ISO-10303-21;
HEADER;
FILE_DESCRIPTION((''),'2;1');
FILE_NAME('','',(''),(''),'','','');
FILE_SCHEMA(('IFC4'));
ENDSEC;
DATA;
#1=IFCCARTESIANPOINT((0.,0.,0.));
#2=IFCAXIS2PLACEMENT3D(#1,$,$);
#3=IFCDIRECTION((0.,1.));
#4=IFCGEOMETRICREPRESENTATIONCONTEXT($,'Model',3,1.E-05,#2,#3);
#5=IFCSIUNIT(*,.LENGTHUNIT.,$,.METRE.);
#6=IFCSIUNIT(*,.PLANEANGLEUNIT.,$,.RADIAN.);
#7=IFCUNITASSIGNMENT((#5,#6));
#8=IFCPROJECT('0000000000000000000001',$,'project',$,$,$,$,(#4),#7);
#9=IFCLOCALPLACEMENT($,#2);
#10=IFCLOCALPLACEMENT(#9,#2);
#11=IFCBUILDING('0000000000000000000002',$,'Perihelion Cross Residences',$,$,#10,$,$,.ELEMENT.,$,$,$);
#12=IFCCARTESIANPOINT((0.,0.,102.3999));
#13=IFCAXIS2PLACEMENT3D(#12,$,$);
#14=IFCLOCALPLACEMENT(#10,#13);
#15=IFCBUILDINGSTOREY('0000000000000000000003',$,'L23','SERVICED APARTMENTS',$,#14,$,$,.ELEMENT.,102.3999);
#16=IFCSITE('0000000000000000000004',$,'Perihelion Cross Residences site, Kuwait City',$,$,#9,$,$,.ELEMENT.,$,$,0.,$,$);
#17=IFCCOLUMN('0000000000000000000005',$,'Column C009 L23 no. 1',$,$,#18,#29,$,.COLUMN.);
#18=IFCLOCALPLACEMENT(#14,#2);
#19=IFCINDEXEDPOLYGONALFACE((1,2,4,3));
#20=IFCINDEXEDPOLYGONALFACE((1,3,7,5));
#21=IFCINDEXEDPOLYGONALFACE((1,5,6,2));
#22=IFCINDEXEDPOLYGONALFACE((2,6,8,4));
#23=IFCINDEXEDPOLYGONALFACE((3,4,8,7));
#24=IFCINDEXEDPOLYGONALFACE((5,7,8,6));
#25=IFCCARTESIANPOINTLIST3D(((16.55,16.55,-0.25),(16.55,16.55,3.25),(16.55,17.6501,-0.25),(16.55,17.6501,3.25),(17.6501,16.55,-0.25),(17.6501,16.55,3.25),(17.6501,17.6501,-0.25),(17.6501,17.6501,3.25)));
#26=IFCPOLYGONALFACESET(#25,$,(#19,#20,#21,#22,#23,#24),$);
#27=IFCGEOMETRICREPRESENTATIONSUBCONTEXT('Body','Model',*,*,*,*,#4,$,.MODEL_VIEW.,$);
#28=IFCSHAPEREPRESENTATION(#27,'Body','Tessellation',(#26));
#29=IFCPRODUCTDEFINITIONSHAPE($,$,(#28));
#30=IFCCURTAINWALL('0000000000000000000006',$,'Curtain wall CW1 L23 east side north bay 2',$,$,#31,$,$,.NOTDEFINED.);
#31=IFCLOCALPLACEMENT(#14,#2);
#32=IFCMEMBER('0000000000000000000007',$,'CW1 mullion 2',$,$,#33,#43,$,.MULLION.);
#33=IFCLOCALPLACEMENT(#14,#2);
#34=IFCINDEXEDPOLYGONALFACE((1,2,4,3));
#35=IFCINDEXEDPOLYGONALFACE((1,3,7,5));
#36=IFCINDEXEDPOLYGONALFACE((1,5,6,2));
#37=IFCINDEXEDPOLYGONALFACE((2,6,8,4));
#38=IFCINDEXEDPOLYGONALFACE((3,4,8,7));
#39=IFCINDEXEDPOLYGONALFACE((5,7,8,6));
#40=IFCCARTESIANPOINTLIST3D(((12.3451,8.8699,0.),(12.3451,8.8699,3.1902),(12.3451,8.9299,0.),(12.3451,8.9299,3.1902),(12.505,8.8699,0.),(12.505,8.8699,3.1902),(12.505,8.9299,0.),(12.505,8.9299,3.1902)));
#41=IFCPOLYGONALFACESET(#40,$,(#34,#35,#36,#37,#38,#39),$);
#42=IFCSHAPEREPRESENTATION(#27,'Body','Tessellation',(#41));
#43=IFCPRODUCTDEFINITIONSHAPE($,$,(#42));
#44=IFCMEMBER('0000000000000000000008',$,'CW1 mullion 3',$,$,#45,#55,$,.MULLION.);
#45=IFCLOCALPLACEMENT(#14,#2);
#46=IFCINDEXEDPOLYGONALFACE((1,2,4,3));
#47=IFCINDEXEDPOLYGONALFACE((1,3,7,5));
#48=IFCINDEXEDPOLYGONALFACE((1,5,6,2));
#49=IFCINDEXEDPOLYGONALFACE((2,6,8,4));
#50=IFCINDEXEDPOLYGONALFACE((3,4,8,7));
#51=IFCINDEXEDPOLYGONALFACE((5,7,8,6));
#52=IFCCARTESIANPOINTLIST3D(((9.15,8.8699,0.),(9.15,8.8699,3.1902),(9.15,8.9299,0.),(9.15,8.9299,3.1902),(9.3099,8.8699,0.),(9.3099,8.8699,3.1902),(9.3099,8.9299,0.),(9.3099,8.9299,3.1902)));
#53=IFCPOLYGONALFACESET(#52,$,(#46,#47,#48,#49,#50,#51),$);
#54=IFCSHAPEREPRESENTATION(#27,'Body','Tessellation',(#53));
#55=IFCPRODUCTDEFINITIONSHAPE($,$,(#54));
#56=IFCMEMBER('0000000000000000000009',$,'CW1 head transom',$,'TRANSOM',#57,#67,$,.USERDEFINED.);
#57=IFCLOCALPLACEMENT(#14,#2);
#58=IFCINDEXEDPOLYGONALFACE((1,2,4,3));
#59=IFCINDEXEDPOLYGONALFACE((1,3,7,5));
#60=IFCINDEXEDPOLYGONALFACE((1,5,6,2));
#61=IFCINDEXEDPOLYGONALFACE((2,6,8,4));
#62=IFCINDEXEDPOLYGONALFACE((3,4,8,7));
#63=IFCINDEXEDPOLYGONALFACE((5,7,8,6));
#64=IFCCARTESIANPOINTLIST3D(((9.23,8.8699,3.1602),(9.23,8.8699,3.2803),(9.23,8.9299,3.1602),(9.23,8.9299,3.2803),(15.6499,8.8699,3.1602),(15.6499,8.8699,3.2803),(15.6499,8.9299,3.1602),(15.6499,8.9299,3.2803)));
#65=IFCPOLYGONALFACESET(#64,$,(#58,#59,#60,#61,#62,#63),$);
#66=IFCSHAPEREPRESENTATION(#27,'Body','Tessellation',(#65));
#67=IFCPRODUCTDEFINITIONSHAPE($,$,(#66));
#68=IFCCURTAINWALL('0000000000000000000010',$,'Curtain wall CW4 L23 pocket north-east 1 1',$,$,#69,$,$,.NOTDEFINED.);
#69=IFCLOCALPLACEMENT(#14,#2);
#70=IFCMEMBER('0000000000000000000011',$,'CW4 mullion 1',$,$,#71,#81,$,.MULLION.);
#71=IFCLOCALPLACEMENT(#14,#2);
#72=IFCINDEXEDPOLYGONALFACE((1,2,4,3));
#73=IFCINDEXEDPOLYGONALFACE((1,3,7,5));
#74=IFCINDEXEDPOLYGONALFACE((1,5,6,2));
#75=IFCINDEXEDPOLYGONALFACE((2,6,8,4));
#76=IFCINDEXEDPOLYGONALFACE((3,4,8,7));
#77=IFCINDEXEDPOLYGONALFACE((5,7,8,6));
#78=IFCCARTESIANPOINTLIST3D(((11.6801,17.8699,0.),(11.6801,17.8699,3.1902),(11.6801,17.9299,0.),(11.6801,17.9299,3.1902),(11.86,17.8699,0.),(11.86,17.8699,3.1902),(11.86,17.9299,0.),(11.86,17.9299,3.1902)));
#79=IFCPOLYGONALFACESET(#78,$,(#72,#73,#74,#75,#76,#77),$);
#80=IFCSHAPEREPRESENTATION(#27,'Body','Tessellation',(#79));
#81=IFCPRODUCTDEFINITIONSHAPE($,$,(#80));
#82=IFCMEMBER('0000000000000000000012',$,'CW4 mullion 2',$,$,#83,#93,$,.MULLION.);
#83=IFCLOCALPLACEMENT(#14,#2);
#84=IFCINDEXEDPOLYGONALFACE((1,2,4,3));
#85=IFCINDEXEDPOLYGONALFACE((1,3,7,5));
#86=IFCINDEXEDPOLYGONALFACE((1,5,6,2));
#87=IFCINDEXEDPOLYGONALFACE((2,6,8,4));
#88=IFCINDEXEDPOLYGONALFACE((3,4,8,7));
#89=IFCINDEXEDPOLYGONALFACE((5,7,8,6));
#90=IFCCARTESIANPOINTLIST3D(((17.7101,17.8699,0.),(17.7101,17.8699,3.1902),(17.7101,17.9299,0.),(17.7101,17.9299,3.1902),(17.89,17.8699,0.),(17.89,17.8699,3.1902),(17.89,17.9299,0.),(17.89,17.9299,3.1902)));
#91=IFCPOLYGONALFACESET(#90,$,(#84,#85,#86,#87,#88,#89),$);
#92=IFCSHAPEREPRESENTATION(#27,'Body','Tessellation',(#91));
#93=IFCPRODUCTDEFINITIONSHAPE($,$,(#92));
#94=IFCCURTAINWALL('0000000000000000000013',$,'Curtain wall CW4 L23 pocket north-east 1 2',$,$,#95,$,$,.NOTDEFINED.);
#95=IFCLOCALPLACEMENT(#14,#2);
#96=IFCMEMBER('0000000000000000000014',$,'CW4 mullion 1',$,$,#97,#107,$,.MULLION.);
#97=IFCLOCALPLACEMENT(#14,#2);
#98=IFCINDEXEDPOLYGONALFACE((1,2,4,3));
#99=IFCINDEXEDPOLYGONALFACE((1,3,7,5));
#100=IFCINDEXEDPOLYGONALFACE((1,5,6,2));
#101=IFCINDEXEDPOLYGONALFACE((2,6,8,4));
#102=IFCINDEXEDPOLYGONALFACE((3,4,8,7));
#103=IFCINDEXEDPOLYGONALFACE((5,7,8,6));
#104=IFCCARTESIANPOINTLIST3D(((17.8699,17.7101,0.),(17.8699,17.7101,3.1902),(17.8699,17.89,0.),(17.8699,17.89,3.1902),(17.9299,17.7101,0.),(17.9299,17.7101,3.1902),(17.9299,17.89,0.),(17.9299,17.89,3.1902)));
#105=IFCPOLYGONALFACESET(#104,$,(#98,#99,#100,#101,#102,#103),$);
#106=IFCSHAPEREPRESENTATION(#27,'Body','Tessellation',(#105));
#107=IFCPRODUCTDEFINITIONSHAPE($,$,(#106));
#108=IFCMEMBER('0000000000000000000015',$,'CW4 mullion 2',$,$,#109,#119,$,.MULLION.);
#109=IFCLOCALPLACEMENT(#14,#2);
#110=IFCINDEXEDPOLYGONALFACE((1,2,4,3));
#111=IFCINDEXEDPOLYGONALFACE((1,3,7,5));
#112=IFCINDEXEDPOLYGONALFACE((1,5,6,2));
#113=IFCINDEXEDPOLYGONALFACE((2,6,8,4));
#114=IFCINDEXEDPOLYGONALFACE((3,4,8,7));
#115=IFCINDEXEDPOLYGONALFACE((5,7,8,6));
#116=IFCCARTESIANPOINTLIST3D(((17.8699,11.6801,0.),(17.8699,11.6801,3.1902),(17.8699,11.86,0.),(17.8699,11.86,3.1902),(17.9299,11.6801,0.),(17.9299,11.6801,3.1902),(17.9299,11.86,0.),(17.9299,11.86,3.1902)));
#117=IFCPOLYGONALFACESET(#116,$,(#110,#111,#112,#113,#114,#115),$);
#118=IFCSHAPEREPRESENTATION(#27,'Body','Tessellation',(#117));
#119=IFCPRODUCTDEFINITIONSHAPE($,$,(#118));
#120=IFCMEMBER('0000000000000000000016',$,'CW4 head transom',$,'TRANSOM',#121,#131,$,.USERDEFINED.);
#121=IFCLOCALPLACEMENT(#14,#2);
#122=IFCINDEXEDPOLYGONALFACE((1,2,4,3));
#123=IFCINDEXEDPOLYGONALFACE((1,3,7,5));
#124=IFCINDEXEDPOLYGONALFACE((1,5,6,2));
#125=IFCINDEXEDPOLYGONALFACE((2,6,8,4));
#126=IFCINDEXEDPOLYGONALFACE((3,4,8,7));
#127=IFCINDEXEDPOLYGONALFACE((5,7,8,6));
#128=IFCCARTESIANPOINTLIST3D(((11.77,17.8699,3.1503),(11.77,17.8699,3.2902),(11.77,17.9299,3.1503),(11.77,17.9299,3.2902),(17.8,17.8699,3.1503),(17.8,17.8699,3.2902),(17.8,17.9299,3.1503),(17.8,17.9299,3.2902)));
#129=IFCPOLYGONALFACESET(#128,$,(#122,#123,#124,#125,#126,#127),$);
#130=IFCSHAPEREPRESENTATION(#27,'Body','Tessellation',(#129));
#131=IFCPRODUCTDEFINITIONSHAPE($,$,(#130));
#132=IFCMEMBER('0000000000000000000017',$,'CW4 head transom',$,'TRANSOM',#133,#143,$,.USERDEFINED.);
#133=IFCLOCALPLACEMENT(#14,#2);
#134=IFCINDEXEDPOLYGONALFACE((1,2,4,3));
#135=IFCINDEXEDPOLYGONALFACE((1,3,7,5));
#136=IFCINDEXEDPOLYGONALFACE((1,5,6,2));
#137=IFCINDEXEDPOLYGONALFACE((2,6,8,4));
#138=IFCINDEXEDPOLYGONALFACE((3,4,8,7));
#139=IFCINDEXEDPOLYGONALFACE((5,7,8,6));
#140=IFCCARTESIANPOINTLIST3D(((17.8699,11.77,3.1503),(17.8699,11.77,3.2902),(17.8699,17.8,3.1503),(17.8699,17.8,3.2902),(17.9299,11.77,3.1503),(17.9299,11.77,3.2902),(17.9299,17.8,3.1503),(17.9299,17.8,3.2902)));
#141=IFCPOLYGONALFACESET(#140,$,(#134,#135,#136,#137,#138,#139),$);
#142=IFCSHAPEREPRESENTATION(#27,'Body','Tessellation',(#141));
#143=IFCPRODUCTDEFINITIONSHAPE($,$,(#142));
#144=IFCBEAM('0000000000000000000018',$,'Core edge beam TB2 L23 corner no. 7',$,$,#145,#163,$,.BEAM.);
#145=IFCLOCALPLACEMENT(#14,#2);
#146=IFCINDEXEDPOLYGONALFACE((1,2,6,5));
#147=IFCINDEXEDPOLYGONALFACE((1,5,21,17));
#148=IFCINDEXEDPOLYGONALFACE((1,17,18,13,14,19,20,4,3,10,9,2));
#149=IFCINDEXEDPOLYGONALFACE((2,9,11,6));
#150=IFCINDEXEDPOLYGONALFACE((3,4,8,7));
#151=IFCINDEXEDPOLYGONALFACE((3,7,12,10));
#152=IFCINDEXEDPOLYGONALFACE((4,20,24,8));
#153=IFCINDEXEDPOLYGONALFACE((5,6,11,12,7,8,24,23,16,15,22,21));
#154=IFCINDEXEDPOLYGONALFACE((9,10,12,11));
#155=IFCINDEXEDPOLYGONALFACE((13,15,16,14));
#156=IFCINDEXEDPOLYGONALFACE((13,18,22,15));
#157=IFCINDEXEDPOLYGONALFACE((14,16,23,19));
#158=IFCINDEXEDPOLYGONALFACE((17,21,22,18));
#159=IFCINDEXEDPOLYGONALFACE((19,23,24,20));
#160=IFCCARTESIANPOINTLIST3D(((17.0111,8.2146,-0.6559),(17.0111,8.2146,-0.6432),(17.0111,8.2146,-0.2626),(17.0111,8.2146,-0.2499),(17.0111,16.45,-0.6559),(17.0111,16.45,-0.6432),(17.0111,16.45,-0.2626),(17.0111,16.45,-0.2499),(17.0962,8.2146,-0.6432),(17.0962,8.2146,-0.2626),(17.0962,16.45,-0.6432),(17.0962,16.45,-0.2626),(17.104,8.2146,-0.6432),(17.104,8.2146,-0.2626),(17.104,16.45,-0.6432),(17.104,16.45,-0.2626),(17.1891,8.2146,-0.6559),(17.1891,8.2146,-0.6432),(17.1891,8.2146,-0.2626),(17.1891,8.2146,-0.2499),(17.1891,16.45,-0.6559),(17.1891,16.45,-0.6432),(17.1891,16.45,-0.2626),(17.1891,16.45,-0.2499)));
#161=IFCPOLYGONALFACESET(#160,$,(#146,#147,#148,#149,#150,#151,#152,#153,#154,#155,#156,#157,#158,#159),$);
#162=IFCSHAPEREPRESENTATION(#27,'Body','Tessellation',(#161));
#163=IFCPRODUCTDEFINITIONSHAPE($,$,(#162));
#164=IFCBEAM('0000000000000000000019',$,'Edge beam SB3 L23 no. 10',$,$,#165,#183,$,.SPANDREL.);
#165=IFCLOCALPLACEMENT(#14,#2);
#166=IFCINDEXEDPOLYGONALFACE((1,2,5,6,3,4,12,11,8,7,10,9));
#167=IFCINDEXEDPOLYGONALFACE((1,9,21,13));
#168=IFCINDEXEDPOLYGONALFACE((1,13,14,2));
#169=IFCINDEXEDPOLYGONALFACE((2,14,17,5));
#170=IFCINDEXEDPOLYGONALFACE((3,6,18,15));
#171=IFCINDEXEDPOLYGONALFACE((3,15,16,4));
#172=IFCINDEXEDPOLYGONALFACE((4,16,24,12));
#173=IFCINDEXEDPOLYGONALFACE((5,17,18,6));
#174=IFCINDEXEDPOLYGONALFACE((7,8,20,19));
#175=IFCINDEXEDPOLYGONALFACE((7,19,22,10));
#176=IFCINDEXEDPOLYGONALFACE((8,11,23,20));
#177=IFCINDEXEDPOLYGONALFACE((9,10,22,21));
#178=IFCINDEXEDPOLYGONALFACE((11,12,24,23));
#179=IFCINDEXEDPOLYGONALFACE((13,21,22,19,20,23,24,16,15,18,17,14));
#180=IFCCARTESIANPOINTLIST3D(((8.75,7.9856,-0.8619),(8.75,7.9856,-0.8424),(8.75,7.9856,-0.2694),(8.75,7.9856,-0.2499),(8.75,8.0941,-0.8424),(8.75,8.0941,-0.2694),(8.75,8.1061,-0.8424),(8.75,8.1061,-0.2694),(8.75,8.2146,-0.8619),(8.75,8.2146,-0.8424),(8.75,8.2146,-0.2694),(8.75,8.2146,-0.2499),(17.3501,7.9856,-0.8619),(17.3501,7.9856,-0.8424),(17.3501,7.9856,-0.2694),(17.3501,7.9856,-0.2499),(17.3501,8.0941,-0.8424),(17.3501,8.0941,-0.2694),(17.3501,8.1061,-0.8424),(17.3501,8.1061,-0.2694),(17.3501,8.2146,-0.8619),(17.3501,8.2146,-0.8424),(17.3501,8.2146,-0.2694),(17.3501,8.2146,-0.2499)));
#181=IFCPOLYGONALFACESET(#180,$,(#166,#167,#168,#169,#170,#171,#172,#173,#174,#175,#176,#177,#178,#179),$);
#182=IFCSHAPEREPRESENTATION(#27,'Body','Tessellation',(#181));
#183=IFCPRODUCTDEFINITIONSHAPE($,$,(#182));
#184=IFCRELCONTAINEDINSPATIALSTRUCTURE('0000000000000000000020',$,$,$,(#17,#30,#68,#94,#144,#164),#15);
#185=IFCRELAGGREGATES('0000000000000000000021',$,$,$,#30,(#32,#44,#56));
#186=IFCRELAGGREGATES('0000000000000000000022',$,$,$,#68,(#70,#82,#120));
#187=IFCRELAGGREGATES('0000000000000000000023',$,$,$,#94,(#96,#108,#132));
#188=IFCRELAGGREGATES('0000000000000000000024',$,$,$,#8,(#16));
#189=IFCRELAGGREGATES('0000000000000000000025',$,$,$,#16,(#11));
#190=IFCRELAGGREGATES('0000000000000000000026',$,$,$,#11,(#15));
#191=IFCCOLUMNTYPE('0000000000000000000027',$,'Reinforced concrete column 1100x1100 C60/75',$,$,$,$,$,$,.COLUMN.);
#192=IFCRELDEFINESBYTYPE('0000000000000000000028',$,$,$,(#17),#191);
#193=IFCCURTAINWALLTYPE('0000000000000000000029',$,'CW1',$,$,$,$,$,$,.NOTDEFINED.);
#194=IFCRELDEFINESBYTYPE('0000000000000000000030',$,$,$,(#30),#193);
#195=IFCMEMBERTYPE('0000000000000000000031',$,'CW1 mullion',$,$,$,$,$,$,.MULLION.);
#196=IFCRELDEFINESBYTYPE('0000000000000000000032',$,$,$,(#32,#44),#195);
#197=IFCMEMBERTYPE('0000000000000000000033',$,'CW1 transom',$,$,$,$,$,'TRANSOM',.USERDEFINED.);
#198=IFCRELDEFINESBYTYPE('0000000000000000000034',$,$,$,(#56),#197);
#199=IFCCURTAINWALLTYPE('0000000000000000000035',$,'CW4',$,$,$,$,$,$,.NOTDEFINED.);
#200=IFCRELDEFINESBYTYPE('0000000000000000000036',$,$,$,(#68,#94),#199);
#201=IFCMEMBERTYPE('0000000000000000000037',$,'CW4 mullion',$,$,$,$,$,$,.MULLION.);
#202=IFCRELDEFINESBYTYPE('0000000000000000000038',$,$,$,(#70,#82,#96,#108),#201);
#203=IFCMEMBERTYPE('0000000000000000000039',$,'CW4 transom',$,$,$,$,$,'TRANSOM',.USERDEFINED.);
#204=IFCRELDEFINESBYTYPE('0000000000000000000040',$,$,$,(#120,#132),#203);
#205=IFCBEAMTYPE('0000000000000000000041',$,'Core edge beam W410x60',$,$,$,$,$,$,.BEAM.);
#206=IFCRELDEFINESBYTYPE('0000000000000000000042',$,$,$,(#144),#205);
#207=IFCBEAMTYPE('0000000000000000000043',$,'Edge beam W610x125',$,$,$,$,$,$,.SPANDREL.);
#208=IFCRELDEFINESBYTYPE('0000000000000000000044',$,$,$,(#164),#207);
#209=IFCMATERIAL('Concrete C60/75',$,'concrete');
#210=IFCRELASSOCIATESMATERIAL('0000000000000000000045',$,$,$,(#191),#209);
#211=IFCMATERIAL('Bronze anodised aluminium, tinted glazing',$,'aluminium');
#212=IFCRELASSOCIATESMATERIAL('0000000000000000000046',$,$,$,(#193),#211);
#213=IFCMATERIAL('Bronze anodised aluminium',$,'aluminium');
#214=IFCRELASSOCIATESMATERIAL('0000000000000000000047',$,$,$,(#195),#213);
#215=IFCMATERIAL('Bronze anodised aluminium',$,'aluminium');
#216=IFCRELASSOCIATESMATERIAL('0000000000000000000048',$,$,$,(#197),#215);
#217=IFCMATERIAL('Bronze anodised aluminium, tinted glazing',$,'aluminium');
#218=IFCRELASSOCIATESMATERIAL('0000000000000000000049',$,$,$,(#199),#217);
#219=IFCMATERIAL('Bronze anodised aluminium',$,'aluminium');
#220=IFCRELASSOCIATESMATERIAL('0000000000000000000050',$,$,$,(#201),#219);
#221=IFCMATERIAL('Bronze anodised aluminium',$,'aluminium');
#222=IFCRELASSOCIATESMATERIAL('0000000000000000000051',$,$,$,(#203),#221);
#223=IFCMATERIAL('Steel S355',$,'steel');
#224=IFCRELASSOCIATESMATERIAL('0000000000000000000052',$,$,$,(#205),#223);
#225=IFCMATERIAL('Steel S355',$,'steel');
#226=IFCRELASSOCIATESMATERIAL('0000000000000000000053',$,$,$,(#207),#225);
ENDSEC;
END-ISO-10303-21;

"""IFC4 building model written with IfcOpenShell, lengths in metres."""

from ifc_helpers import new_model, si_unit, direction, frame, origin, origin_2d, place, context, subcontext, project, spatial, rectangle, i_section, extrude, material, material_profile, profile_set, type_object, element, aggregate, save


model = new_model("IFC4")

# Units and contexts
model_context = context("Model", 3, precision=1e-05, world=origin(), true_north=direction((0.0, 1.0)))
body_context = subcontext(model_context, "Body", "Model", "MODEL_VIEW")
ifc_project = project(units=[si_unit("LENGTHUNIT", "METRE"), si_unit("PLANEANGLEUNIT", "RADIAN")], contexts=[model_context])

# Site, building, storey
site_placement = place(None, origin())
site = spatial("IfcSite", under=ifc_project, at=site_placement, Name="Perihelion Cross Residences site, Kuwait City", CompositionType="ELEMENT", RefElevation=0.0)
building_placement = place(site_placement, origin())
building = spatial("IfcBuilding", under=site, at=building_placement, Name="Perihelion Cross Residences", CompositionType="ELEMENT")
storey_placement = place(building_placement, frame((0.0, 0.0, 102.3999)))
storey = spatial("IfcBuildingStorey", under=building, at=storey_placement, Name="L23", Description="SERVICED APARTMENTS", CompositionType="ELEMENT", Elevation=102.3999)

# Column
ifc_material_1 = material(Name="Concrete C60/75", Category="concrete")
ifc_material_profile_1 = material_profile(ifc_material_1, rectangle(XDim=1.1001, YDim=1.1001, at=origin_2d()), Name="RC 1100x1100")
ifc_profile_set_1 = profile_set([ifc_material_profile_1], Name="Concrete C60/75")
column_type = type_object("IfcColumnType", Name="Reinforced concrete column 1100x1100 C60/75", PredefinedType="COLUMN", material=ifc_profile_set_1)
column_placement = place(storey_placement, frame((17.1001, 17.1001, -0.25), z_axis=(0.0, 0.0, 1.0), x_axis=(1.0, 0.0, 0.0)))
element("IfcColumn", 1, at=column_placement, inside=storey, type_object=column_type, Name="Column C009 L23 no. 1", PredefinedType="COLUMN", context=body_context, shape_type="SweptSolid", body=[
    extrude(rectangle(XDim=1.1001, YDim=1.1001, at=origin_2d()), origin(), (0.0, 0.0, 1.0), 3.5),
])

# Curtain walls, members
ifc_material_2 = material(Name="Bronze anodised aluminium, tinted glazing", Category="aluminium")
curtain_wall_type_1 = type_object("IfcCurtainWallType", Name="CW1", PredefinedType="NOTDEFINED", material=ifc_material_2)
curtain_wall_1_placement = place(storey_placement, origin())
curtain_wall_1 = element("IfcCurtainWall", 2, at=curtain_wall_1_placement, inside=storey, type_object=curtain_wall_type_1, Name="Curtain wall CW1 L23 east side north bay 2", PredefinedType="NOTDEFINED")
ifc_material_3 = material(Name="Bronze anodised aluminium", Category="aluminium")
ifc_material_profile_2 = material_profile(ifc_material_3, rectangle(XDim=0.0601, YDim=0.1599, at=origin_2d()), Name="CW1 mullion")
ifc_profile_set_2 = profile_set([ifc_material_profile_2], Name="Bronze anodised aluminium")
member_type_1 = type_object("IfcMemberType", Name="CW1 mullion", PredefinedType="MULLION", material=ifc_profile_set_2)
member_1_placement = place(storey_placement, frame((12.425, 8.8999, 0.0), z_axis=(0.0, 0.0, 1.0), x_axis=(0.0, -1.0, 0.0)))
member_1 = element("IfcMember", 3, at=member_1_placement, type_object=member_type_1, Name="CW1 mullion 2", PredefinedType="MULLION", context=body_context, shape_type="SweptSolid", body=[
    extrude(rectangle(XDim=0.0601, YDim=0.1599, at=origin_2d()), origin(), (0.0, 0.0, 1.0), 3.1902),
])
member_2_placement = place(storey_placement, frame((9.23, 8.8999, 0.0), z_axis=(0.0, 0.0, 1.0), x_axis=(0.0, -1.0, 0.0)))
member_2 = element("IfcMember", 4, at=member_2_placement, type_object=member_type_1, Name="CW1 mullion 3", PredefinedType="MULLION", context=body_context, shape_type="SweptSolid", body=[
    extrude(rectangle(XDim=0.0601, YDim=0.1599, at=origin_2d()), origin(), (0.0, 0.0, 1.0), 3.1902),
])
ifc_material_4 = material(Name="Bronze anodised aluminium", Category="aluminium")
ifc_material_profile_3 = material_profile(ifc_material_4, rectangle(XDim=0.0601, YDim=0.1201, at=origin_2d()), Name="CW1 transom")
ifc_profile_set_3 = profile_set([ifc_material_profile_3], Name="Bronze anodised aluminium")
member_type_2 = type_object("IfcMemberType", Name="CW1 transom", ElementType="TRANSOM", PredefinedType="USERDEFINED", material=ifc_profile_set_3)
member_3_placement = place(storey_placement, frame((15.6499, 8.8999, 3.2202), z_axis=(-1.0, 0.0, 0.0), x_axis=(0.0, -1.0, 0.0)))
member_3 = element("IfcMember", 5, at=member_3_placement, type_object=member_type_2, Name="CW1 head transom", ObjectType="TRANSOM", PredefinedType="USERDEFINED", context=body_context, shape_type="SweptSolid", body=[
    extrude(rectangle(XDim=0.0601, YDim=0.1201, at=origin_2d()), origin(), (0.0, 0.0, 1.0), 6.4199),
])
ifc_material_5 = material(Name="Bronze anodised aluminium, tinted glazing", Category="aluminium")
curtain_wall_type_2 = type_object("IfcCurtainWallType", Name="CW4", PredefinedType="NOTDEFINED", material=ifc_material_5)
curtain_wall_2_placement = place(storey_placement, origin())
curtain_wall_2 = element("IfcCurtainWall", 6, at=curtain_wall_2_placement, inside=storey, type_object=curtain_wall_type_2, Name="Curtain wall CW4 L23 pocket north-east 1 1", PredefinedType="NOTDEFINED")
ifc_material_6 = material(Name="Bronze anodised aluminium", Category="aluminium")
ifc_material_profile_4 = material_profile(ifc_material_6, rectangle(XDim=0.0601, YDim=0.1799, at=origin_2d()), Name="CW4 mullion")
ifc_profile_set_4 = profile_set([ifc_material_profile_4], Name="Bronze anodised aluminium")
member_type_3 = type_object("IfcMemberType", Name="CW4 mullion", PredefinedType="MULLION", material=ifc_profile_set_4)
member_4_placement = place(storey_placement, frame((11.77, 17.8999, 0.0), z_axis=(0.0, 0.0, 1.0), x_axis=(0.0, 1.0, 0.0)))
member_4 = element("IfcMember", 7, at=member_4_placement, type_object=member_type_3, Name="CW4 mullion 1", PredefinedType="MULLION", context=body_context, shape_type="SweptSolid", body=[
    extrude(rectangle(XDim=0.0601, YDim=0.1799, at=origin_2d()), origin(), (0.0, 0.0, 1.0), 3.1902),
])
member_5_placement = place(storey_placement, frame((17.8, 17.8999, 0.0), z_axis=(0.0, 0.0, 1.0), x_axis=(0.0, 1.0, 0.0)))
member_5 = element("IfcMember", 8, at=member_5_placement, type_object=member_type_3, Name="CW4 mullion 2", PredefinedType="MULLION", context=body_context, shape_type="SweptSolid", body=[
    extrude(rectangle(XDim=0.0601, YDim=0.1799, at=origin_2d()), origin(), (0.0, 0.0, 1.0), 3.1902),
])
curtain_wall_3_placement = place(storey_placement, origin())
curtain_wall_3 = element("IfcCurtainWall", 9, at=curtain_wall_3_placement, inside=storey, type_object=curtain_wall_type_2, Name="Curtain wall CW4 L23 pocket north-east 1 2", PredefinedType="NOTDEFINED")
member_6_placement = place(storey_placement, frame((17.8999, 17.8, 0.0), z_axis=(0.0, 0.0, 1.0), x_axis=(1.0, 0.0, 0.0)))
member_6 = element("IfcMember", 10, at=member_6_placement, type_object=member_type_3, Name="CW4 mullion 1", PredefinedType="MULLION", context=body_context, shape_type="SweptSolid", body=[
    extrude(rectangle(XDim=0.0601, YDim=0.1799, at=origin_2d()), origin(), (0.0, 0.0, 1.0), 3.1902),
])
member_7_placement = place(storey_placement, frame((17.8999, 11.77, 0.0), z_axis=(0.0, 0.0, 1.0), x_axis=(1.0, 0.0, 0.0)))
member_7 = element("IfcMember", 11, at=member_7_placement, type_object=member_type_3, Name="CW4 mullion 2", PredefinedType="MULLION", context=body_context, shape_type="SweptSolid", body=[
    extrude(rectangle(XDim=0.0601, YDim=0.1799, at=origin_2d()), origin(), (0.0, 0.0, 1.0), 3.1902),
])

# Members
ifc_material_7 = material(Name="Bronze anodised aluminium", Category="aluminium")
ifc_material_profile_5 = material_profile(ifc_material_7, rectangle(XDim=0.0601, YDim=0.1399, at=origin_2d()), Name="CW4 transom")
ifc_profile_set_5 = profile_set([ifc_material_profile_5], Name="Bronze anodised aluminium")
member_type_4 = type_object("IfcMemberType", Name="CW4 transom", ElementType="TRANSOM", PredefinedType="USERDEFINED", material=ifc_profile_set_5)
member_8_placement = place(storey_placement, frame((11.77, 17.8999, 3.2202), z_axis=(1.0, 0.0, 0.0), x_axis=(0.0, 1.0, 0.0)))
member_8 = element("IfcMember", 12, at=member_8_placement, type_object=member_type_4, Name="CW4 head transom", ObjectType="TRANSOM", PredefinedType="USERDEFINED", context=body_context, shape_type="SweptSolid", body=[
    extrude(rectangle(XDim=0.0601, YDim=0.1399, at=origin_2d()), origin(), (0.0, 0.0, 1.0), 6.03),
])
member_9_placement = place(storey_placement, frame((17.8999, 17.8, 3.2202), z_axis=(0.0, -1.0, 0.0), x_axis=(1.0, 0.0, 0.0)))
member_9 = element("IfcMember", 13, at=member_9_placement, type_object=member_type_4, Name="CW4 head transom", ObjectType="TRANSOM", PredefinedType="USERDEFINED", context=body_context, shape_type="SweptSolid", body=[
    extrude(rectangle(XDim=0.0601, YDim=0.1399, at=origin_2d()), origin(), (0.0, 0.0, 1.0), 6.03),
])

# Beams
ifc_material_8 = material(Name="Steel S355", Category="steel")
ifc_material_profile_6 = material_profile(ifc_material_8, i_section(OverallWidth=0.178, OverallDepth=0.406, WebThickness=0.0078, FlangeThickness=0.0127, at=origin_2d()), Name="W410x60")
ifc_profile_set_6 = profile_set([ifc_material_profile_6], Name="Steel S355")
beam_type_1 = type_object("IfcBeamType", Name="Core edge beam W410x60", PredefinedType="BEAM", material=ifc_profile_set_6)
beam_1_placement = place(storey_placement, frame((17.1001, 8.2146, -0.4529), z_axis=(0.0, 1.0, 0.0), x_axis=(-1.0, 0.0, 0.0)))
element("IfcBeam", 14, at=beam_1_placement, inside=storey, type_object=beam_type_1, Name="Core edge beam TB2 L23 corner no. 7", PredefinedType="BEAM", context=body_context, shape_type="SweptSolid", body=[
    extrude(i_section(OverallWidth=0.178, OverallDepth=0.406, WebThickness=0.0078, FlangeThickness=0.0127, at=origin_2d()), origin(), (0.0, 0.0, 1.0), 8.2354),
])
ifc_material_9 = material(Name="Steel S355", Category="steel")
ifc_material_profile_7 = material_profile(ifc_material_9, i_section(OverallWidth=0.229, OverallDepth=0.6121, WebThickness=0.012, FlangeThickness=0.0195, at=origin_2d()), Name="W610x125")
ifc_profile_set_7 = profile_set([ifc_material_profile_7], Name="Steel S355")
beam_type_2 = type_object("IfcBeamType", Name="Edge beam W610x125", PredefinedType="SPANDREL", material=ifc_profile_set_7)
beam_2_placement = place(storey_placement, frame((17.3501, 8.1001, -0.5559), z_axis=(-1.0, 0.0, 0.0), x_axis=(0.0, -1.0, 0.0)))
element("IfcBeam", 15, at=beam_2_placement, inside=storey, type_object=beam_type_2, Name="Edge beam SB3 L23 no. 10", PredefinedType="SPANDREL", context=body_context, shape_type="SweptSolid", body=[
    extrude(i_section(OverallWidth=0.229, OverallDepth=0.6121, WebThickness=0.012, FlangeThickness=0.0195, at=origin_2d()), origin(), (0.0, 0.0, 1.0), 8.6001),
])

aggregate(curtain_wall_1, [member_1, member_2, member_3])

aggregate(curtain_wall_2, [member_4, member_5, member_8])
aggregate(curtain_wall_3, [member_6, member_7, member_9])

save(model, "model.ifc")
